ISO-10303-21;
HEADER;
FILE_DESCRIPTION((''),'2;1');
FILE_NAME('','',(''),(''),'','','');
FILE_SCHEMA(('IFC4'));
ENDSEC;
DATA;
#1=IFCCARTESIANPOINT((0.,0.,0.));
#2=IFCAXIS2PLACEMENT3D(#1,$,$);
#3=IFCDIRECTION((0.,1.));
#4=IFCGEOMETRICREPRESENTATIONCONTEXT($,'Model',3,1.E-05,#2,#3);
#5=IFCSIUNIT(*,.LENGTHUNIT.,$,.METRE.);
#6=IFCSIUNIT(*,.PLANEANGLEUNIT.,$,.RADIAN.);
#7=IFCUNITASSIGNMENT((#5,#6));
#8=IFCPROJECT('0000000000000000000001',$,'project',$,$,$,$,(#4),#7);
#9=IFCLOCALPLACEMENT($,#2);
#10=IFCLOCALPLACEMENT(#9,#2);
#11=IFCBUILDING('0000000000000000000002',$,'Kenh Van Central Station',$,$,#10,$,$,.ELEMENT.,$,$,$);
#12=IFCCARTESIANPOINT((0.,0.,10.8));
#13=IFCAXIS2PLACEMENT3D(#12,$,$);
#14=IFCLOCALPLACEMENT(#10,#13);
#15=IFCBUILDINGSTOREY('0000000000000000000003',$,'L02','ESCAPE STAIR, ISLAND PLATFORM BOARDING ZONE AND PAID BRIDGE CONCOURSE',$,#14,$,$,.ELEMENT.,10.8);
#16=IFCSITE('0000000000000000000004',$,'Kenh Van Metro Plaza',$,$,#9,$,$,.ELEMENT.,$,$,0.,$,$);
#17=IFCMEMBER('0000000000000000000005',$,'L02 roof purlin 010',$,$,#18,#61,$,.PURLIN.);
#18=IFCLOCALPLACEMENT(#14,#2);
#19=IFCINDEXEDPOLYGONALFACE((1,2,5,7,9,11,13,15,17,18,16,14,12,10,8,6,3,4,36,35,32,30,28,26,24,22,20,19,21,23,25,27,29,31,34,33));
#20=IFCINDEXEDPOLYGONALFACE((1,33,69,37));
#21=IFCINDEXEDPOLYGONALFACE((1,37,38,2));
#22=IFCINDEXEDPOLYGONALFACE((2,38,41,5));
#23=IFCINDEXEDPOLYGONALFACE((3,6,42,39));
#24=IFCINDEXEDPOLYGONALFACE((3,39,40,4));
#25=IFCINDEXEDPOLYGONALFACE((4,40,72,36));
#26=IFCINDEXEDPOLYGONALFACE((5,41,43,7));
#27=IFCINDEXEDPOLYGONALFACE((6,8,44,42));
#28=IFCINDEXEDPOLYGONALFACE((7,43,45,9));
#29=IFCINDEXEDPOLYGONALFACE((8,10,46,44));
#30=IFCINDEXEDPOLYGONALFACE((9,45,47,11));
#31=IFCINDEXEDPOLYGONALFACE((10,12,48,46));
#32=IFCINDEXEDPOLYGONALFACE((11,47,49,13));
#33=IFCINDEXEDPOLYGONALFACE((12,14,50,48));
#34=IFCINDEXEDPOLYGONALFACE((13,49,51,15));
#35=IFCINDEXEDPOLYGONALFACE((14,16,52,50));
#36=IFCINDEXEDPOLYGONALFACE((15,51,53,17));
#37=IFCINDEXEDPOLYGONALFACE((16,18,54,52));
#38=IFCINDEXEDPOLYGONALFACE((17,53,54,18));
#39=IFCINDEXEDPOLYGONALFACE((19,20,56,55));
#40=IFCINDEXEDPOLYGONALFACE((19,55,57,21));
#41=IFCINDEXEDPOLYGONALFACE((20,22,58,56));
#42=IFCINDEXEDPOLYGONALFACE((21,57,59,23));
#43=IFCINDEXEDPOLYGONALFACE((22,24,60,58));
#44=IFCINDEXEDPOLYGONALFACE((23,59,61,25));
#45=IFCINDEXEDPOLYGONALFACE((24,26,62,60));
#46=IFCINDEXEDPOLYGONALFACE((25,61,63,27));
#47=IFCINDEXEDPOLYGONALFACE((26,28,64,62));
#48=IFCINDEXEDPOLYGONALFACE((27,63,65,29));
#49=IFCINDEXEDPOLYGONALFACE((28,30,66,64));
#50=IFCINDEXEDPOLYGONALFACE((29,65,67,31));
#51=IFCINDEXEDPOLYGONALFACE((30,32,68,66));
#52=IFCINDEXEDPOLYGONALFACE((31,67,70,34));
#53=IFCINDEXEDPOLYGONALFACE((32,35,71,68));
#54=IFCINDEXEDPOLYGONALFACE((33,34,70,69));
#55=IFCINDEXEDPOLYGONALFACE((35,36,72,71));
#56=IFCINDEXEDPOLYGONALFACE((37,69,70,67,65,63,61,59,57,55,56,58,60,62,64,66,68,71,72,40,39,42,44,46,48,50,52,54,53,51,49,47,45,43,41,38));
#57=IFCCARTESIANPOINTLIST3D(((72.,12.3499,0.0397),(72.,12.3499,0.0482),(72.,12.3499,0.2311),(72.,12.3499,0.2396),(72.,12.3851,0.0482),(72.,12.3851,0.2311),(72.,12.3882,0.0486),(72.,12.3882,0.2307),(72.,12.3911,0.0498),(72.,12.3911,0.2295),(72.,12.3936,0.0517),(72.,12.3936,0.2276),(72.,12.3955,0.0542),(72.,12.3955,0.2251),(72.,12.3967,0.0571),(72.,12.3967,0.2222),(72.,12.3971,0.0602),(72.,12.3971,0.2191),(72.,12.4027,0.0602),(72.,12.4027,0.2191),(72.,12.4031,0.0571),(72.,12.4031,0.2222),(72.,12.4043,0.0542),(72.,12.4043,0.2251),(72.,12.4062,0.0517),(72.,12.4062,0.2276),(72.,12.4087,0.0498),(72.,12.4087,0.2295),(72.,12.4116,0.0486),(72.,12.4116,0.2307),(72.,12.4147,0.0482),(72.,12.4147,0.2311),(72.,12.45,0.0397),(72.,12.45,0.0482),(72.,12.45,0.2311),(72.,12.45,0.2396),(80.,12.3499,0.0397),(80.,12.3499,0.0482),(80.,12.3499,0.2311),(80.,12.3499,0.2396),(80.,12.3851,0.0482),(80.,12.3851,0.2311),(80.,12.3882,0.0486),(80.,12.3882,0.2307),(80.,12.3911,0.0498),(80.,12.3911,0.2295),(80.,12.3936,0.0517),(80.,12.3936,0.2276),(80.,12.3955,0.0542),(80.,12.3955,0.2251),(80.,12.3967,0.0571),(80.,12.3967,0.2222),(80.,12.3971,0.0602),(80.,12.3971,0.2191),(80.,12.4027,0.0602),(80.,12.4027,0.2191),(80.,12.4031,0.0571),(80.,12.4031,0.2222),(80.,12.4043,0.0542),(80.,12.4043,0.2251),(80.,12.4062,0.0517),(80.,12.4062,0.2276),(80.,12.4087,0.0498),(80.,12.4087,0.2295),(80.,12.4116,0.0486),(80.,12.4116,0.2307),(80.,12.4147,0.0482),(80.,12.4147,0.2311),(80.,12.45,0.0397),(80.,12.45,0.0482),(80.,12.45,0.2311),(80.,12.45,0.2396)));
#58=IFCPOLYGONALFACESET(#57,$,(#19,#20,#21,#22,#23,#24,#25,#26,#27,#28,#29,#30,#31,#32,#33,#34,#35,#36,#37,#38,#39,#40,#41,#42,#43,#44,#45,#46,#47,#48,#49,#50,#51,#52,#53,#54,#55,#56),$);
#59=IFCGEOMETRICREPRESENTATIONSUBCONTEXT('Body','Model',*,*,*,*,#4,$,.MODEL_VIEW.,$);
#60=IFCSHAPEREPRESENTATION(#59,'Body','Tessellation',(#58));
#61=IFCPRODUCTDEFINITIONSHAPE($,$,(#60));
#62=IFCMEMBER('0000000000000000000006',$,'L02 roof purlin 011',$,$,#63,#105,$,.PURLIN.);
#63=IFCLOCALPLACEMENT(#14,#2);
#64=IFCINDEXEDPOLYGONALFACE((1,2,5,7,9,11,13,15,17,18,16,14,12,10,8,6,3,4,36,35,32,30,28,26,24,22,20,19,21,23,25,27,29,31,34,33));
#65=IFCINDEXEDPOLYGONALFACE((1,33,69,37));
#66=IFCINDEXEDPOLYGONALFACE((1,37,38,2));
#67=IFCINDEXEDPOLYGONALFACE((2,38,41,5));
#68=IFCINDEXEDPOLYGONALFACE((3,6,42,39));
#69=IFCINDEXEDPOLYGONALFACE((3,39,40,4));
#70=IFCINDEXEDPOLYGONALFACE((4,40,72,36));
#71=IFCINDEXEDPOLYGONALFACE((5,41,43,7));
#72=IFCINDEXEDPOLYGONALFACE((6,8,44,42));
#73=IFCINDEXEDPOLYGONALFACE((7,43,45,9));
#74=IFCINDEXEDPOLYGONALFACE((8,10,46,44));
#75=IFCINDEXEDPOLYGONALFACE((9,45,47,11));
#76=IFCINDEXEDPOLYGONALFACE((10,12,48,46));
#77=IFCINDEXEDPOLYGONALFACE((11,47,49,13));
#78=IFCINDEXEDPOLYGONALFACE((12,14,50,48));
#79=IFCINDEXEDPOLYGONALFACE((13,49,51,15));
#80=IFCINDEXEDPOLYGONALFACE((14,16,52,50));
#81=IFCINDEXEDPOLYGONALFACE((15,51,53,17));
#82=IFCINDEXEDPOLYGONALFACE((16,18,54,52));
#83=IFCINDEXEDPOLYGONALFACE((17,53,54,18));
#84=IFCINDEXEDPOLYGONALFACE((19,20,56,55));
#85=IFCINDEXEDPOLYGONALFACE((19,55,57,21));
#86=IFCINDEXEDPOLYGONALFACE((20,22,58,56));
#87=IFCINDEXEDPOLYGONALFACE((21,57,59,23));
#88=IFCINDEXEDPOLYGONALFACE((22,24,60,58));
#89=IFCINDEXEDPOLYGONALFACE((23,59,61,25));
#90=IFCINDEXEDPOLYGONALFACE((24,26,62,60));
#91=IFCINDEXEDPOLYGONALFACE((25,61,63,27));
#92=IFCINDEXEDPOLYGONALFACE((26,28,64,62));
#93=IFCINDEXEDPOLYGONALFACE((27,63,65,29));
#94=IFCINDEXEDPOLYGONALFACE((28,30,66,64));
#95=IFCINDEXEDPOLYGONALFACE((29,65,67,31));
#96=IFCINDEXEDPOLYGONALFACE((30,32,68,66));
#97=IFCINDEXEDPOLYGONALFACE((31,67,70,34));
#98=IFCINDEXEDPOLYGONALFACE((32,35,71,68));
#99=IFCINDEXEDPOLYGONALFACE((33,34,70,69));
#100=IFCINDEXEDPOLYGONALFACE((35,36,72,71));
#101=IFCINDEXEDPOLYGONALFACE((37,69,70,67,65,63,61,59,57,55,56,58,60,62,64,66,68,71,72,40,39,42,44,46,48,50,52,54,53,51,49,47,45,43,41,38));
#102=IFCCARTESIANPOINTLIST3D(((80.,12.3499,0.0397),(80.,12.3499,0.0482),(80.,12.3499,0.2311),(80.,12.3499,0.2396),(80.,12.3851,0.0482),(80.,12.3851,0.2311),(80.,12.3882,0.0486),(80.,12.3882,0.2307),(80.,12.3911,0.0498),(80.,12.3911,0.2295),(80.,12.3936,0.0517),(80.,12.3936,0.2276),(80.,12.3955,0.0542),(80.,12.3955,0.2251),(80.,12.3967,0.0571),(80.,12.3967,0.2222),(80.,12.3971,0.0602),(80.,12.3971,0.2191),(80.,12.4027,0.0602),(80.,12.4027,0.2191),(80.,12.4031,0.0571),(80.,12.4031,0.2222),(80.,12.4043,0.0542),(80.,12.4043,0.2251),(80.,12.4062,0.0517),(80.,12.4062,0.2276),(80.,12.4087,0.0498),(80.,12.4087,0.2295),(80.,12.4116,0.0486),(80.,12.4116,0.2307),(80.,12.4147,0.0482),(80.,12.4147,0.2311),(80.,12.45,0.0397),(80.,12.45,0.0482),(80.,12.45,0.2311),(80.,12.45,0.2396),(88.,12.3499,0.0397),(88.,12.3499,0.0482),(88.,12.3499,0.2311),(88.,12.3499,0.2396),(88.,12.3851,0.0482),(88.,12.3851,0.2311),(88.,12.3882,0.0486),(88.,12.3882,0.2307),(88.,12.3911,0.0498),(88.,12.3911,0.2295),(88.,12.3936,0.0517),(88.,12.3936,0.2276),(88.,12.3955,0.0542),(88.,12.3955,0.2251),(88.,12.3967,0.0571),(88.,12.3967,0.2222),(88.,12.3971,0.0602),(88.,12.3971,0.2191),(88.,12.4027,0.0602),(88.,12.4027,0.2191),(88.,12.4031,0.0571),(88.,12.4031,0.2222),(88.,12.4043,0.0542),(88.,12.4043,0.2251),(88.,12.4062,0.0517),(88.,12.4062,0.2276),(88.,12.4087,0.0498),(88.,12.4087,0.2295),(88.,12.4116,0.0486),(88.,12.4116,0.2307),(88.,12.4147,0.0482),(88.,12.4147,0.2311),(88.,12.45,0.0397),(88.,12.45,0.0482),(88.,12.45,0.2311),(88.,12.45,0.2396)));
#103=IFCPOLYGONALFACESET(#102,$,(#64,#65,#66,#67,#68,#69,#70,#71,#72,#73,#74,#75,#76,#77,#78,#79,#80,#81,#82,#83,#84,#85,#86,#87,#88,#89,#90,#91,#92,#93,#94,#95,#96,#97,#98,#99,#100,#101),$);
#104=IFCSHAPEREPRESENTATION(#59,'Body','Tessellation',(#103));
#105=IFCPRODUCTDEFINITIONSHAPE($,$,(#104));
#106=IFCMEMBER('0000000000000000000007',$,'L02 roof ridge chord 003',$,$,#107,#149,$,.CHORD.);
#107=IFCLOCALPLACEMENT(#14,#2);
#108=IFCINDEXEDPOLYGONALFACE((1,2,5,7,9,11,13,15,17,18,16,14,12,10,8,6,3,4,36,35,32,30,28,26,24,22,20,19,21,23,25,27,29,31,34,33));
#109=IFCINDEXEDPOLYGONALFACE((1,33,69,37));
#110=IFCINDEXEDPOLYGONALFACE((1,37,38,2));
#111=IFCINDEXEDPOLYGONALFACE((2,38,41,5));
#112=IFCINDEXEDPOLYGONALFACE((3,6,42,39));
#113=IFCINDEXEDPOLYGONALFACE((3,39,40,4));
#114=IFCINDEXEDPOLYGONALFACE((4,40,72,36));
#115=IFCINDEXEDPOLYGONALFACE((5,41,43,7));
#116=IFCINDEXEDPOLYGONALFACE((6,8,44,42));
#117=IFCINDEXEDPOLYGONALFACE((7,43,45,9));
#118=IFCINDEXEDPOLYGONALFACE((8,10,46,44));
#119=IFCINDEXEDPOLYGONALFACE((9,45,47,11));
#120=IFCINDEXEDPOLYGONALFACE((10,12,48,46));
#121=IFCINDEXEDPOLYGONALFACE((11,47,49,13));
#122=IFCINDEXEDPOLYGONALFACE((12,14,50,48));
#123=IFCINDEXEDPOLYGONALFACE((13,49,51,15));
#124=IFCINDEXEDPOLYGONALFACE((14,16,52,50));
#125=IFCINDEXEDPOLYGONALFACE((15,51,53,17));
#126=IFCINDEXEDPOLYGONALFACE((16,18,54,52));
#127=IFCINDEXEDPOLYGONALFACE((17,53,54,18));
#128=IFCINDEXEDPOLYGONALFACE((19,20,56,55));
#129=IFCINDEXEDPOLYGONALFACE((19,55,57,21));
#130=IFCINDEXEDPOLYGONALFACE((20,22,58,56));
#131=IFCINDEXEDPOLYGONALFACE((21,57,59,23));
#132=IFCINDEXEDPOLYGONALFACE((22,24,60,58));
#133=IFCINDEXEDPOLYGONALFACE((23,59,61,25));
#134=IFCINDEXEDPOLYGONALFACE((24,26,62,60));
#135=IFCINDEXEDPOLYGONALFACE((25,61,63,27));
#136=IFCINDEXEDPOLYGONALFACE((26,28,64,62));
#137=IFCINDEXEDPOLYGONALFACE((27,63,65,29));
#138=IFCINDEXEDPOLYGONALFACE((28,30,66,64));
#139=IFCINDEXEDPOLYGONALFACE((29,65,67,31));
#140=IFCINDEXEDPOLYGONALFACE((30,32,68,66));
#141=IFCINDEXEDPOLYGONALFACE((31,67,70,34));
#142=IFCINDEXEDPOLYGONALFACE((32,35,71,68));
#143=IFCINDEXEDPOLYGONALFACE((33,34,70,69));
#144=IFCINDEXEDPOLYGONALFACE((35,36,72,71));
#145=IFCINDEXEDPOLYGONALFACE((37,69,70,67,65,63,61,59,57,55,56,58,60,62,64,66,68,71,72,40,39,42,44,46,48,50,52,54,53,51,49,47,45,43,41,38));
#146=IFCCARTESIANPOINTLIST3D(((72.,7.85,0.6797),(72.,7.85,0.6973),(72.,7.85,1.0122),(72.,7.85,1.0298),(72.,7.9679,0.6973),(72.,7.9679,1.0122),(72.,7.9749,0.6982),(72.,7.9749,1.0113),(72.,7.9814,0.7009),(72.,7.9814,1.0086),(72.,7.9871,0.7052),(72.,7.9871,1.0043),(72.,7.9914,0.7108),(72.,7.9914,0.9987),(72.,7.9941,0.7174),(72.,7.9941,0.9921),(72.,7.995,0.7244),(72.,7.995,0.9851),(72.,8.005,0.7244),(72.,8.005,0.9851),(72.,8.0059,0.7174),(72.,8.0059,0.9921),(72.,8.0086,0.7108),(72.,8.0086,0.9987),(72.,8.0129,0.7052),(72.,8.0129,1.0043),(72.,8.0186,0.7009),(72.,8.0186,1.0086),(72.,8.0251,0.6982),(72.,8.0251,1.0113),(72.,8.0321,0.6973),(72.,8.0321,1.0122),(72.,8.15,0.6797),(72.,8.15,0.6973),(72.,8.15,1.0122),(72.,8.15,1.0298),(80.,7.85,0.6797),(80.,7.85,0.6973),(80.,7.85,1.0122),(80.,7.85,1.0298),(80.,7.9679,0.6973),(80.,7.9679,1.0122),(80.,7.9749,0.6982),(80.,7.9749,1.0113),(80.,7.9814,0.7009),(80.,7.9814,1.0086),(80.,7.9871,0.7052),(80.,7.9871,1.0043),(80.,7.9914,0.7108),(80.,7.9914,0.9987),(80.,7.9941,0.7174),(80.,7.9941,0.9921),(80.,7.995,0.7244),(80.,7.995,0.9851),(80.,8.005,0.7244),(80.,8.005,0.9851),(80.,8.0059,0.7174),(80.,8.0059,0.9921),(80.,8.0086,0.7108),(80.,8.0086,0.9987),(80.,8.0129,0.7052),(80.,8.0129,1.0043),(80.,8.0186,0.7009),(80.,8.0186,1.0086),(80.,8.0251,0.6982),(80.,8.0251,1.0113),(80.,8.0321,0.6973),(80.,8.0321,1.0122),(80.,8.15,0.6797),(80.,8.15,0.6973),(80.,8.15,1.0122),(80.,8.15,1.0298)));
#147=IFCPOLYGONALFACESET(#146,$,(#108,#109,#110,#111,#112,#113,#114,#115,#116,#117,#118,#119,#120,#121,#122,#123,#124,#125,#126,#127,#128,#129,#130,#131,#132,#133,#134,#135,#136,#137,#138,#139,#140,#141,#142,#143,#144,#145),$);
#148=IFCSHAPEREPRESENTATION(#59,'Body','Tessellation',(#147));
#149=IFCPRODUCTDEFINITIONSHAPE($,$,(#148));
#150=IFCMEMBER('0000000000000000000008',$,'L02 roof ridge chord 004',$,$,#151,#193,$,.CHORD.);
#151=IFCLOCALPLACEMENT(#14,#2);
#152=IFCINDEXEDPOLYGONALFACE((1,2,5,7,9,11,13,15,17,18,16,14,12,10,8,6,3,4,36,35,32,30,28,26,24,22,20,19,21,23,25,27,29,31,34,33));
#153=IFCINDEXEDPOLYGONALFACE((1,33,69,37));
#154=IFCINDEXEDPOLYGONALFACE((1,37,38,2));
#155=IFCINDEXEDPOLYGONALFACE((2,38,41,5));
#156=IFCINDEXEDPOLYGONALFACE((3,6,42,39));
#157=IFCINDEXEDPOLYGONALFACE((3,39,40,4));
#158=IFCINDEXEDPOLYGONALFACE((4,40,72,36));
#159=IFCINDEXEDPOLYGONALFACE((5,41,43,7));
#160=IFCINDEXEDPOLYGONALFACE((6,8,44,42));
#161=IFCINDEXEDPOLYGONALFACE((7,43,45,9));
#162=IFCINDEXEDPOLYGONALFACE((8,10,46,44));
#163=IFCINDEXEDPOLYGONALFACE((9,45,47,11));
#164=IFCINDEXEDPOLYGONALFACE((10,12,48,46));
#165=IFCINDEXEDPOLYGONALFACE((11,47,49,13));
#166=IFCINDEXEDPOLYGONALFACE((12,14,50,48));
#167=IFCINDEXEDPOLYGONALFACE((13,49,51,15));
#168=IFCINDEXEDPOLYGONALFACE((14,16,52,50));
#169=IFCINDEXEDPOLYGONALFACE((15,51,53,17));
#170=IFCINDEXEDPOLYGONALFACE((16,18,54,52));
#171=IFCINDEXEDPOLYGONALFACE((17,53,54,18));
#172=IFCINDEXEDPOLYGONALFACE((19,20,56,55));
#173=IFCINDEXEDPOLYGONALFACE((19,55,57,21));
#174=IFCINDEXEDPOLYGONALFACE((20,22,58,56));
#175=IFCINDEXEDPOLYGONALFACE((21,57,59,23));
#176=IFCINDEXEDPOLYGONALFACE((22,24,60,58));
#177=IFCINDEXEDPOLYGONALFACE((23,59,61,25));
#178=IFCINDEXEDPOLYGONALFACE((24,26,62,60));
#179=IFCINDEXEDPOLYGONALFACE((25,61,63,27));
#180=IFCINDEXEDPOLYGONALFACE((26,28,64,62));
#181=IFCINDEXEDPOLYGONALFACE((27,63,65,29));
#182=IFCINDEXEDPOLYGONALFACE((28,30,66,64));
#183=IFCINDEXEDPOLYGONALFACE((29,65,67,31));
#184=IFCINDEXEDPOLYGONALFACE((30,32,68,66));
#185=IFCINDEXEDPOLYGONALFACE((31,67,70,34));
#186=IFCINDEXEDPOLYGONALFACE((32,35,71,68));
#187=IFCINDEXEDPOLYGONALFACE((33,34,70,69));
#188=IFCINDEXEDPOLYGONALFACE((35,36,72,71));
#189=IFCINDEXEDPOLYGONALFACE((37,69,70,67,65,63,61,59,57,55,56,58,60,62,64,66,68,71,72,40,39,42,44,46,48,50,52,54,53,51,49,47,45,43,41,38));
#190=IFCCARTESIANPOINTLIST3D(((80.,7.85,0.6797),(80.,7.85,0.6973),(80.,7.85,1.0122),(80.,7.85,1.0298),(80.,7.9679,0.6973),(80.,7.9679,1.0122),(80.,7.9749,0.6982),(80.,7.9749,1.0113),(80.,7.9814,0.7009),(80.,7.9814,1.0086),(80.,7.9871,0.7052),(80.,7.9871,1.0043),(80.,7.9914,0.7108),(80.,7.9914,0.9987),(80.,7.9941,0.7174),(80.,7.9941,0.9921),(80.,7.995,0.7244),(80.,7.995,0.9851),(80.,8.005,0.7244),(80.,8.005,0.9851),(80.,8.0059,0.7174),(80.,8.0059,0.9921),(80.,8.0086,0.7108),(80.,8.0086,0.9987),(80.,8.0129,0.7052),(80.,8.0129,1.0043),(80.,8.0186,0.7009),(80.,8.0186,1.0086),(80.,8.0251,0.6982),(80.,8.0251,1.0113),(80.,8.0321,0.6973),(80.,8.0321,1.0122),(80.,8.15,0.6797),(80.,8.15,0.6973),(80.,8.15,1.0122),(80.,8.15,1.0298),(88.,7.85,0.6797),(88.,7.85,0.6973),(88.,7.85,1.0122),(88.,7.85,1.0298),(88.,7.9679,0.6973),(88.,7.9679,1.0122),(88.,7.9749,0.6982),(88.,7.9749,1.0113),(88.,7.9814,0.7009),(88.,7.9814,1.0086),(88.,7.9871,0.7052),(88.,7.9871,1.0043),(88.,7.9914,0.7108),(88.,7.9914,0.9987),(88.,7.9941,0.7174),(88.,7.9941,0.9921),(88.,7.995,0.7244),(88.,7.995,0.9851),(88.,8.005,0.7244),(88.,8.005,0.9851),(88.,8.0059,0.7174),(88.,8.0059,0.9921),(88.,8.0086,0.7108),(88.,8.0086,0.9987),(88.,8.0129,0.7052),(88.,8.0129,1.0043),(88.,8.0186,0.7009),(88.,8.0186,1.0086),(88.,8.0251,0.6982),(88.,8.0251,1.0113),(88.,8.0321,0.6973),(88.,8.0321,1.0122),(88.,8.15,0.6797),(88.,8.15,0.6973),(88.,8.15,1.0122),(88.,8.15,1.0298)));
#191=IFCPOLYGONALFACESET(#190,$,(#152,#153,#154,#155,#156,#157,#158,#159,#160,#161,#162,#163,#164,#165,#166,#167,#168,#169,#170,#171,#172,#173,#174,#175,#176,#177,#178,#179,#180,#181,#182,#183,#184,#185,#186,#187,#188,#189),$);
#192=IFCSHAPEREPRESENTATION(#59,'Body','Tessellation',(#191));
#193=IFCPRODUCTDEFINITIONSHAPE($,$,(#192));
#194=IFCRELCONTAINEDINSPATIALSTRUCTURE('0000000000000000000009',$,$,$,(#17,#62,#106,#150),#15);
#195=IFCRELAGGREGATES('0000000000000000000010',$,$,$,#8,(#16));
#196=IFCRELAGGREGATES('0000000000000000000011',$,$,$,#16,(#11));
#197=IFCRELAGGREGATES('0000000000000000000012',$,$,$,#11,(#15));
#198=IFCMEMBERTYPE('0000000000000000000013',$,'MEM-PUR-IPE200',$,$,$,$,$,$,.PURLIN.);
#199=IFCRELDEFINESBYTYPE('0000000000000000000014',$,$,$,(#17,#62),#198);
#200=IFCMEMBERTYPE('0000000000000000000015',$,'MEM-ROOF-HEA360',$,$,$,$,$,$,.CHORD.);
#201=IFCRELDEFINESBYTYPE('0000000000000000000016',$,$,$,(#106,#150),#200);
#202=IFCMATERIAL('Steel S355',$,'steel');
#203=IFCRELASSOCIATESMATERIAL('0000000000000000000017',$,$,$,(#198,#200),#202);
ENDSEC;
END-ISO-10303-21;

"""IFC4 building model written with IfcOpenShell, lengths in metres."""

from ifc_helpers import new_model, si_unit, direction, frame, origin, origin_2d, place, context, subcontext, project, spatial, i_section, extrude, material, material_profile, profile_set, type_object, element, save


model = new_model("IFC4")

# Units and contexts
model_context = context("Model", 3, precision=1e-05, world=origin(), true_north=direction((0.0, 1.0)))
body_context = subcontext(model_context, "Body", "Model", "MODEL_VIEW")
ifc_project = project(units=[si_unit("LENGTHUNIT", "METRE"), si_unit("PLANEANGLEUNIT", "RADIAN")], contexts=[model_context])

# Site, building, storey
site_placement = place(None, origin())
site = spatial("IfcSite", under=ifc_project, at=site_placement, Name="Kenh Van Metro Plaza", CompositionType="ELEMENT", RefElevation=0.0)
building_placement = place(site_placement, origin())
building = spatial("IfcBuilding", under=site, at=building_placement, Name="Kenh Van Central Station", CompositionType="ELEMENT")
storey_placement = place(building_placement, frame((0.0, 0.0, 10.8)))
storey = spatial("IfcBuildingStorey", under=building, at=storey_placement, Name="L02", Description="ESCAPE STAIR, ISLAND PLATFORM BOARDING ZONE AND PAID BRIDGE CONCOURSE", CompositionType="ELEMENT", Elevation=10.8)

# Shared definitions
ifc_material_1 = material(Name="Steel S355", Category="steel")

# Members
ifc_material_profile_1 = material_profile(ifc_material_1, i_section(OverallWidth=0.1001, OverallDepth=0.2, WebThickness=0.0056, FlangeThickness=0.0085, FilletRadius=0.012, at=origin_2d()), Name="IPE 200")
ifc_profile_set_1 = profile_set([ifc_material_profile_1], Name="Steel S355")
member_type_1 = type_object("IfcMemberType", Name="MEM-PUR-IPE200", PredefinedType="PURLIN", material=ifc_profile_set_1)
for number, where, z_axis, x_axis, name in (
    (1, (72.0, 12.3999, 0.1396), (1.0, 0.0, 0.0), (0.0, 1.0, 0.0), "L02 roof purlin 010"),
    (2, (80.0, 12.3999, 0.1396), (1.0, 0.0, 0.0), (0.0, 1.0, 0.0), "L02 roof purlin 011"),
):
    element("IfcMember", number, at=place(storey_placement, frame(where, z_axis=z_axis, x_axis=x_axis)), inside=storey, type_object=member_type_1, Name=name, PredefinedType="PURLIN", context=body_context, shape_type="SweptSolid", body=[
        extrude(i_section(OverallWidth=0.1001, OverallDepth=0.2, WebThickness=0.0056, FlangeThickness=0.0085, FilletRadius=0.012, at=origin_2d()), origin(), (0.0, 0.0, 1.0), 8.0),
    ])
ifc_material_profile_2 = material_profile(ifc_material_1, i_section(OverallWidth=0.3, OverallDepth=0.3501, WebThickness=0.01, FlangeThickness=0.0176, FilletRadius=0.0271, at=origin_2d()), Name="HEA 360")
ifc_profile_set_2 = profile_set([ifc_material_profile_2], Name="Steel S355")
member_type_2 = type_object("IfcMemberType", Name="MEM-ROOF-HEA360", PredefinedType="CHORD", material=ifc_profile_set_2)
for number, where, z_axis, x_axis, name in (
    (3, (72.0, 8.0, 0.8547), (1.0, 0.0, 0.0), (0.0, 1.0, 0.0), "L02 roof ridge chord 003"),
    (4, (80.0, 8.0, 0.8547), (1.0, 0.0, 0.0), (0.0, 1.0, 0.0), "L02 roof ridge chord 004"),
):
    element("IfcMember", number, at=place(storey_placement, frame(where, z_axis=z_axis, x_axis=x_axis)), inside=storey, type_object=member_type_2, Name=name, PredefinedType="CHORD", context=body_context, shape_type="SweptSolid", body=[
        extrude(i_section(OverallWidth=0.3, OverallDepth=0.3501, WebThickness=0.01, FlangeThickness=0.0176, FilletRadius=0.0271, at=origin_2d()), origin(), (0.0, 0.0, 1.0), 8.0),
    ])

save(model, "model.ifc")
